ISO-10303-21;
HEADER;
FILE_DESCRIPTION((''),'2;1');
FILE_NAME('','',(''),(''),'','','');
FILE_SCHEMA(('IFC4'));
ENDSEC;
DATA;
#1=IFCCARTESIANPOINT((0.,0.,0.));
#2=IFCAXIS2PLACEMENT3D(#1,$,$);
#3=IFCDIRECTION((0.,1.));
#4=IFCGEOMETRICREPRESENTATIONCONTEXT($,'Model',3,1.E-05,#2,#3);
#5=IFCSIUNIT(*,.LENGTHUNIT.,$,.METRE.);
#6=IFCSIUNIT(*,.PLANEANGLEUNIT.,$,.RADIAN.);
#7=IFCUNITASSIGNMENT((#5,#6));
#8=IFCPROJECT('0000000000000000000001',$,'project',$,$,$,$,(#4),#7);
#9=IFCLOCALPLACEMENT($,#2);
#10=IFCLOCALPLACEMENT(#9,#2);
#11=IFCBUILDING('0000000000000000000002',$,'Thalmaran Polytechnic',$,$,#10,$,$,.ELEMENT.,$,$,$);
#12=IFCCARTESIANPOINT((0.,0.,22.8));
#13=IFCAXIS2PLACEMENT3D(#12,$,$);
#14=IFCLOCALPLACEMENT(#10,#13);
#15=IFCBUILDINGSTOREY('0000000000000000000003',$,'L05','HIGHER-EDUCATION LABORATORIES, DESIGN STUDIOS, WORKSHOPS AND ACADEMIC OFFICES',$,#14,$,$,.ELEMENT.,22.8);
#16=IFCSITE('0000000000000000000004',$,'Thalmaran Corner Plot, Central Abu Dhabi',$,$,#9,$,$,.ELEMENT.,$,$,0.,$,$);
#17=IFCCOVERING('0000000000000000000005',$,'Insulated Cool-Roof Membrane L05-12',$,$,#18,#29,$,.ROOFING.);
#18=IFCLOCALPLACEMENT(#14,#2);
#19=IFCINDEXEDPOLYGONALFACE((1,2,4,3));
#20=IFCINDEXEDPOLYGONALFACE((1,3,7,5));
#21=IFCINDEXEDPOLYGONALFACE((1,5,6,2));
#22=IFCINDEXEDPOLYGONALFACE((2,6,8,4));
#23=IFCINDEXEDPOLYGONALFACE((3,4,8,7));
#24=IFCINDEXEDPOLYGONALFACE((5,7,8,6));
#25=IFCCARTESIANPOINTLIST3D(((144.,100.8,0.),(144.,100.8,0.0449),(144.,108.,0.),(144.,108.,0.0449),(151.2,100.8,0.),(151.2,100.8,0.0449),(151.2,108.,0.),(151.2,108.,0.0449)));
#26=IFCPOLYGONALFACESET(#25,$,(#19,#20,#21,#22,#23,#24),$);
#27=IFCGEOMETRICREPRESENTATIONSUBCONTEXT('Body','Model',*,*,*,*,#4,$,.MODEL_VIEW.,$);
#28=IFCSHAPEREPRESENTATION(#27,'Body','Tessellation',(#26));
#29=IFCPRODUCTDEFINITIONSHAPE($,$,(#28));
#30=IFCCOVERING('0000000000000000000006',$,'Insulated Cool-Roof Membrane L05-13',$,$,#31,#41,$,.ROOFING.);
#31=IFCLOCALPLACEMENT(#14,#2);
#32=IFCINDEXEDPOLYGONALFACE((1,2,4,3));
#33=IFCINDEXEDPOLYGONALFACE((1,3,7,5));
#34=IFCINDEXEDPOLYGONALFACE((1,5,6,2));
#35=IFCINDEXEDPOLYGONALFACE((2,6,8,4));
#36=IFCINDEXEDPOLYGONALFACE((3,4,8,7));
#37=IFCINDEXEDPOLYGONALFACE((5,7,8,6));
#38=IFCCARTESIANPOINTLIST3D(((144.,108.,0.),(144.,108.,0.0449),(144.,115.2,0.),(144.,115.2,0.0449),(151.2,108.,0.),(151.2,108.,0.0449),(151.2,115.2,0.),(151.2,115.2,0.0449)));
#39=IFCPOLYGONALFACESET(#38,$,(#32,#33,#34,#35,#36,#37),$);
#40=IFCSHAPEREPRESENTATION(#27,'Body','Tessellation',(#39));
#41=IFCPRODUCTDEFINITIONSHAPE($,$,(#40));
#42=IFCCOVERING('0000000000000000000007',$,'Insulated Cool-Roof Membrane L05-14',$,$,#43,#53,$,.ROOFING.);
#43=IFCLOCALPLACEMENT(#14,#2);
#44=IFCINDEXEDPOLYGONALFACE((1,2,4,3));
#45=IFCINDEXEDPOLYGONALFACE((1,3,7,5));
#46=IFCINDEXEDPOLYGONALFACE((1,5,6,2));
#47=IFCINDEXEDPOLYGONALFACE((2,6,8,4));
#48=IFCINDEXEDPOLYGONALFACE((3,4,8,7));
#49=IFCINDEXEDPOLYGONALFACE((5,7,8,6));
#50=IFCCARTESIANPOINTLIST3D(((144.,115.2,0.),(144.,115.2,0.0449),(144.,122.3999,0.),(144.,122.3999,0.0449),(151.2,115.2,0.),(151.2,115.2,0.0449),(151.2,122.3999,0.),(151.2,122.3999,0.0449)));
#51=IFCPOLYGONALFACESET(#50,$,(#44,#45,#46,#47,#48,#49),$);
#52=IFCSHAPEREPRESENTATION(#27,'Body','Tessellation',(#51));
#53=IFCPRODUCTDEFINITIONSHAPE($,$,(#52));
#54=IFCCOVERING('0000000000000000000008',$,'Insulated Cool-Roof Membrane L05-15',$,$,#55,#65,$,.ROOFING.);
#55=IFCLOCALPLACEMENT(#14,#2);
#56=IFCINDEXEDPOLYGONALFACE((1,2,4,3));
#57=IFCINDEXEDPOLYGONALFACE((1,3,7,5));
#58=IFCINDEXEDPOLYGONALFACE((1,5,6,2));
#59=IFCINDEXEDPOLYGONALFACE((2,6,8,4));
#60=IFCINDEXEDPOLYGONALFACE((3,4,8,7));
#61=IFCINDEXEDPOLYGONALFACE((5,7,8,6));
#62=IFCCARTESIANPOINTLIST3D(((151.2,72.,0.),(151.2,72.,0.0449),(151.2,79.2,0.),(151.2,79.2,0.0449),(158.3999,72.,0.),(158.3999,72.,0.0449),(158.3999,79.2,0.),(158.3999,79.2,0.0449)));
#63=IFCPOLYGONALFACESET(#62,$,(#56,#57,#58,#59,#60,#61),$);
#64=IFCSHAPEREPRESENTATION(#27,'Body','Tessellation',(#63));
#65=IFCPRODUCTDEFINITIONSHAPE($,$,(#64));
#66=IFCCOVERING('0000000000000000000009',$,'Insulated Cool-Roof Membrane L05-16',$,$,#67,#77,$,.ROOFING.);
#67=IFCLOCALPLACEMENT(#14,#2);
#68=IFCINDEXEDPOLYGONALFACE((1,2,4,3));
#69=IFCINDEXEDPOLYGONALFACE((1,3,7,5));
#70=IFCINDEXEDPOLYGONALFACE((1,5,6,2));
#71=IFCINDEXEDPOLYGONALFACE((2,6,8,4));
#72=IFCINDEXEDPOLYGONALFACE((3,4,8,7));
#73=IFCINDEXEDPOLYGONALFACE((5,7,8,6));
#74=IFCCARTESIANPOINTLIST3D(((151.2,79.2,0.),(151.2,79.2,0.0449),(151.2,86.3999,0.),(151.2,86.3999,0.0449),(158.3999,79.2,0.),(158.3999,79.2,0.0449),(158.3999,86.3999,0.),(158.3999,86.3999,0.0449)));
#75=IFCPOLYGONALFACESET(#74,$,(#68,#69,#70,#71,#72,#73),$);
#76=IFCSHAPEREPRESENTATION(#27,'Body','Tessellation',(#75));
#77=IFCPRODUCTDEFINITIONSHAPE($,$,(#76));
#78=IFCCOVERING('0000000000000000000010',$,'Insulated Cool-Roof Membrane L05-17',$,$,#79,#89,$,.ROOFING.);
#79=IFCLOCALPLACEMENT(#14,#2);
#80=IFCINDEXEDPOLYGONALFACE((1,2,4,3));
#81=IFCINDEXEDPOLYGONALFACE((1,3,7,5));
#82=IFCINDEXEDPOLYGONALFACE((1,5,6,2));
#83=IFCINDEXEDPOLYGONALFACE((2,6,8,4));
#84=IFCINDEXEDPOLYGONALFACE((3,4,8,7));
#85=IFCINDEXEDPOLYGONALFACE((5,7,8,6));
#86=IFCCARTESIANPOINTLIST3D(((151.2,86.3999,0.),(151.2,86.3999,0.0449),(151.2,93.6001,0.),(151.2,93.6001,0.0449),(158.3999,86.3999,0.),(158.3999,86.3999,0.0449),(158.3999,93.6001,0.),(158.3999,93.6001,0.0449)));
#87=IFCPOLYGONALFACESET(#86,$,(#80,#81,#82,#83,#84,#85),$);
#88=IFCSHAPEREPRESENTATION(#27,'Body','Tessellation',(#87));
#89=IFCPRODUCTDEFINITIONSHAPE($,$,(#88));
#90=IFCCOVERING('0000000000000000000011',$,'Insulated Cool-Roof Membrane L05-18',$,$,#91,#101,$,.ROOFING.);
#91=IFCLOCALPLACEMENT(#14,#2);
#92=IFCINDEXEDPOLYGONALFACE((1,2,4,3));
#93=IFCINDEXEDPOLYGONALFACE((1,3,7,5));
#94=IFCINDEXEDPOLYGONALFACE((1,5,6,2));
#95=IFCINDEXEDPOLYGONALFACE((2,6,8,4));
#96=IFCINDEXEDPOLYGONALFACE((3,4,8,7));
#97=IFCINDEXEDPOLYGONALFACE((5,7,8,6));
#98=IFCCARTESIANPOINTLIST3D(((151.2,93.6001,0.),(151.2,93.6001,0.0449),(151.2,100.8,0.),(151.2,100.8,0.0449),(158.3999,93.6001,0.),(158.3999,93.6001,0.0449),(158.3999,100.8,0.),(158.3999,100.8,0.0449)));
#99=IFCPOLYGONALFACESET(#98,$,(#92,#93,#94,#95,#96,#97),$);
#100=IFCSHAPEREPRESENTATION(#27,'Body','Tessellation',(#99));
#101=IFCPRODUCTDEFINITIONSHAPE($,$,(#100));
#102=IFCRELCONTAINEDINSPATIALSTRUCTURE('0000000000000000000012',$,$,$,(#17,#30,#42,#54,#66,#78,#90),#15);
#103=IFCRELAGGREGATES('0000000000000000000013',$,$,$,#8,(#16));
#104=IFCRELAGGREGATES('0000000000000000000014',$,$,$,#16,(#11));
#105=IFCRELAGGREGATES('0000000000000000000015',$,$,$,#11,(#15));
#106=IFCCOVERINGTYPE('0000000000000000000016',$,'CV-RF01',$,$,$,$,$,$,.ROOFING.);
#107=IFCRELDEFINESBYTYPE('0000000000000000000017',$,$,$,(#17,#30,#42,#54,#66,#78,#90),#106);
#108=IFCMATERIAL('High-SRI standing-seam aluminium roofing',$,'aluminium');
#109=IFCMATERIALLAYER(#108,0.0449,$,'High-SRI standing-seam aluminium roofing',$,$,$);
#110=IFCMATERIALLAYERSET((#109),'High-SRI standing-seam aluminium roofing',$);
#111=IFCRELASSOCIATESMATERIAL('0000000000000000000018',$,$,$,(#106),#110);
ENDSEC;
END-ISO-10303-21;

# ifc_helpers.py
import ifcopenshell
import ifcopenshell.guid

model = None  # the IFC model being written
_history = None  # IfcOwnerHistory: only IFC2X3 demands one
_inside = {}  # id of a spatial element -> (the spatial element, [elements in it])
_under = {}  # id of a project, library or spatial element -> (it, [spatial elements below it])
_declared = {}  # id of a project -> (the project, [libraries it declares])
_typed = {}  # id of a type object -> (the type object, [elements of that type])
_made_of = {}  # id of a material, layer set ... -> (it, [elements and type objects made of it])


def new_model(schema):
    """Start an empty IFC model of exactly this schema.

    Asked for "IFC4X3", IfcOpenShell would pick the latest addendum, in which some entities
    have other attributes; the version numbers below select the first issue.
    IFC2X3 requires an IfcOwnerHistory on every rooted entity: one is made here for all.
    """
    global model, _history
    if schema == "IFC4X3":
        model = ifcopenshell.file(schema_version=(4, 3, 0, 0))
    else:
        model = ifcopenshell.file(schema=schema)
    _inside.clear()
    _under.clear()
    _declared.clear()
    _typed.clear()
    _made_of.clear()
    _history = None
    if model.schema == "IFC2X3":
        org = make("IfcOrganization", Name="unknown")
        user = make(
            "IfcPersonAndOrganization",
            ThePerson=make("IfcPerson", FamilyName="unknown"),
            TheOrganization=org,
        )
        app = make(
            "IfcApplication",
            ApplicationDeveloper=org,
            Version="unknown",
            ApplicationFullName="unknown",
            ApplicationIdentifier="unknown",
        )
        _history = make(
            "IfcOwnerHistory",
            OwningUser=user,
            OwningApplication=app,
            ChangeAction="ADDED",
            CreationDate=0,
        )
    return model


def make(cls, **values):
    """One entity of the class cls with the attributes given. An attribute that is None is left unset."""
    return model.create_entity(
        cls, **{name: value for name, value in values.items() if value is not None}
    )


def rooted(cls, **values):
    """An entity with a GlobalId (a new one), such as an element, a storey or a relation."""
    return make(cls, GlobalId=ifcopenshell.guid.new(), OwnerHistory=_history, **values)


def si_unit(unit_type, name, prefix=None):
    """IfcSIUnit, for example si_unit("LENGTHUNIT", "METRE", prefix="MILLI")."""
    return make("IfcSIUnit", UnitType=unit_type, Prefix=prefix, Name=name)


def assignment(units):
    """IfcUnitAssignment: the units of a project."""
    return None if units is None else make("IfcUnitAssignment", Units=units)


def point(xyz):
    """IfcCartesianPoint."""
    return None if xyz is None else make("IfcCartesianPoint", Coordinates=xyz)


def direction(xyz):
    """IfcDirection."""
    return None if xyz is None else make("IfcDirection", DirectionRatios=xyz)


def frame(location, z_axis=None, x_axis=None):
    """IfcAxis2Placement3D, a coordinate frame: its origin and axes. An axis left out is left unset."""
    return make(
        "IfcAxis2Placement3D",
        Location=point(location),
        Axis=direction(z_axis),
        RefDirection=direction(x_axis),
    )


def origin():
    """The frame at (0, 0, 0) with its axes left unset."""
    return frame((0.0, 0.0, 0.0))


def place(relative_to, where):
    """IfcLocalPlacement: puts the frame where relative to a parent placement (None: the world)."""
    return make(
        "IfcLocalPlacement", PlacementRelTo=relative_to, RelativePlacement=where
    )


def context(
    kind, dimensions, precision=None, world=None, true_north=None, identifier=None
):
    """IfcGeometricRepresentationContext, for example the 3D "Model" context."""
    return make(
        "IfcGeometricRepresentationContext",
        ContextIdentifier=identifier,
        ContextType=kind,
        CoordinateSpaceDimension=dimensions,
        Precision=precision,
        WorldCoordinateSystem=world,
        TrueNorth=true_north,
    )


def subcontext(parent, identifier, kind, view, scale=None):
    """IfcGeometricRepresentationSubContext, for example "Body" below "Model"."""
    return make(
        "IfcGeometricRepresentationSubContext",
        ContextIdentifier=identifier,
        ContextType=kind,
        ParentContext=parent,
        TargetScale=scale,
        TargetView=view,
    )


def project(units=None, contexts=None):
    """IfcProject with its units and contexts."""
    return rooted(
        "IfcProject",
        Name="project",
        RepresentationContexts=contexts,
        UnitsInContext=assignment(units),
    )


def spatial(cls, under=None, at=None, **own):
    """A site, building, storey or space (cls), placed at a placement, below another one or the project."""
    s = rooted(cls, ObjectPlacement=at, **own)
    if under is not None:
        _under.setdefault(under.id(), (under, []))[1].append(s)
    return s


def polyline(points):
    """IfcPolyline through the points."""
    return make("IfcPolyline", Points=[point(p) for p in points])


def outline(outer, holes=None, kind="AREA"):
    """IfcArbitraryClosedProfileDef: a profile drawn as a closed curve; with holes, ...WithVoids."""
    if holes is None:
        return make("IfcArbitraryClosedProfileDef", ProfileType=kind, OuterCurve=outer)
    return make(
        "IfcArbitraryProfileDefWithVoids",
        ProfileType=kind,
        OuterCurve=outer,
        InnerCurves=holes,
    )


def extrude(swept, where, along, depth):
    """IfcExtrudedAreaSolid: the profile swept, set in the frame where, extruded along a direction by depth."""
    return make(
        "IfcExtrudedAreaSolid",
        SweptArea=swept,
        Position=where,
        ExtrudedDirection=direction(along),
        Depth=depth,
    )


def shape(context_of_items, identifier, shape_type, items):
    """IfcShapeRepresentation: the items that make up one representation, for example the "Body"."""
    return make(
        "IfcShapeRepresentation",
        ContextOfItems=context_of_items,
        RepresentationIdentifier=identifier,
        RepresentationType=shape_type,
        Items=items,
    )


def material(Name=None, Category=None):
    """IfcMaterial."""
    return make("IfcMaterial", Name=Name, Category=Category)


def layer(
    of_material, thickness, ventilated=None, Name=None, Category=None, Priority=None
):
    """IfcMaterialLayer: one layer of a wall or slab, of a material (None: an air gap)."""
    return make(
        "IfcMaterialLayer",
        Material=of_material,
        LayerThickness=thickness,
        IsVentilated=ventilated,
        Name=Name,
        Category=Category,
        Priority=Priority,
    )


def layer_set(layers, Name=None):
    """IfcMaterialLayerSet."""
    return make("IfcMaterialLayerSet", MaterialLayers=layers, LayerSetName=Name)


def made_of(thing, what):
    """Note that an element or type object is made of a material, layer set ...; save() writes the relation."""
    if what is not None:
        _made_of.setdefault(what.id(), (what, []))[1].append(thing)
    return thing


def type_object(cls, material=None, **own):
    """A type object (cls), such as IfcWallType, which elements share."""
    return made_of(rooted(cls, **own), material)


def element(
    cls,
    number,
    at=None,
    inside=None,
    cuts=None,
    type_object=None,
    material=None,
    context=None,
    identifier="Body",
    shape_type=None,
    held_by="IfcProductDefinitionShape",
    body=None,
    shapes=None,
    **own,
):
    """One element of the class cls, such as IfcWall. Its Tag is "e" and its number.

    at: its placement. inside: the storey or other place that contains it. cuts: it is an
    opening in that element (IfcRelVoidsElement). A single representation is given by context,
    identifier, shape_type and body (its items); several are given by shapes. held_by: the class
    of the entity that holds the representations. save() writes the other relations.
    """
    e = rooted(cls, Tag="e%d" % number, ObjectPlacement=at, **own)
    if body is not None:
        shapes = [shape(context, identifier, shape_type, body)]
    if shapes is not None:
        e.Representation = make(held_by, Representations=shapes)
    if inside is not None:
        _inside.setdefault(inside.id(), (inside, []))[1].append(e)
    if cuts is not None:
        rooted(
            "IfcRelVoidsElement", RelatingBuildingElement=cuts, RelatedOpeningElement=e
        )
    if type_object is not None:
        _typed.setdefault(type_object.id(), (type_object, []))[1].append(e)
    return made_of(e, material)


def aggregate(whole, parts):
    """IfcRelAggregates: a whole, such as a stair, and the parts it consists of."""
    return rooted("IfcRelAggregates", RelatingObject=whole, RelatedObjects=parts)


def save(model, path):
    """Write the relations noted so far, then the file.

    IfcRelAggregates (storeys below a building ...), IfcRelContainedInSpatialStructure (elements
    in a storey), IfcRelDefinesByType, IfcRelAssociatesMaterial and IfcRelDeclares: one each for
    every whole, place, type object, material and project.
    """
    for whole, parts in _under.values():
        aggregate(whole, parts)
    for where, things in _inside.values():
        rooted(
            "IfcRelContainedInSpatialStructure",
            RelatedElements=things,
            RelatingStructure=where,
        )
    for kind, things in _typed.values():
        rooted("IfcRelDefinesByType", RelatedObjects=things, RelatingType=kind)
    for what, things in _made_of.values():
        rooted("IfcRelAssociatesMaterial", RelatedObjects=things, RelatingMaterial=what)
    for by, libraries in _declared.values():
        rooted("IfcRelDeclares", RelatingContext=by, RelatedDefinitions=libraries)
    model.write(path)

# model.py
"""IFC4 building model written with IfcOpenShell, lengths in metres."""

from ifc_helpers import new_model, si_unit, direction, frame, origin, place, context, subcontext, project, spatial, polyline, outline, extrude, material, layer, layer_set, type_object, element, save


model = new_model("IFC4")

# Units and contexts
model_context = context("Model", 3, precision=1e-05, world=origin(), true_north=direction((0.0, 1.0)))
body_context = subcontext(model_context, "Body", "Model", "MODEL_VIEW")
ifc_project = project(units=[si_unit("LENGTHUNIT", "METRE"), si_unit("PLANEANGLEUNIT", "RADIAN")], contexts=[model_context])

# Site, building, storey
site_placement = place(None, origin())
site = spatial("IfcSite", under=ifc_project, at=site_placement, Name="Thalmaran Corner Plot, Central Abu Dhabi", CompositionType="ELEMENT", RefElevation=0.0)
building_placement = place(site_placement, origin())
building = spatial("IfcBuilding", under=site, at=building_placement, Name="Thalmaran Polytechnic", CompositionType="ELEMENT")
storey_placement = place(building_placement, frame((0.0, 0.0, 22.8)))
storey = spatial("IfcBuildingStorey", under=building, at=storey_placement, Name="L05", Description="HIGHER-EDUCATION LABORATORIES, DESIGN STUDIOS, WORKSHOPS AND ACADEMIC OFFICES", CompositionType="ELEMENT", Elevation=22.8)

# Coverings
ifc_material_1 = material(Name="High-SRI standing-seam aluminium roofing", Category="aluminium")
ifc_layer_1 = layer(ifc_material_1, 0.0449, Name="High-SRI standing-seam aluminium roofing")
ifc_layer_set_1 = layer_set([ifc_layer_1], Name="High-SRI standing-seam aluminium roofing")
covering_type = type_object("IfcCoveringType", Name="CV-RF01", PredefinedType="ROOFING", material=ifc_layer_set_1)
covering_1_placement = place(storey_placement, origin())
element("IfcCovering", 1, at=covering_1_placement, inside=storey, type_object=covering_type, Name="Insulated Cool-Roof Membrane L05-12", PredefinedType="ROOFING", context=body_context, shape_type="SweptSolid", body=[
    extrude(outline(polyline([(151.2, 100.8), (151.2, 108.0), (144.0, 108.0), (144.0, 100.8), (151.2, 100.8)])), origin(), (0.0, 0.0, 1.0), 0.0449),
])
covering_2_placement = place(storey_placement, origin())
element("IfcCovering", 2, at=covering_2_placement, inside=storey, type_object=covering_type, Name="Insulated Cool-Roof Membrane L05-13", PredefinedType="ROOFING", context=body_context, shape_type="SweptSolid", body=[
    extrude(outline(polyline([(151.2, 108.0), (151.2, 115.2), (144.0, 115.2), (144.0, 108.0), (151.2, 108.0)])), origin(), (0.0, 0.0, 1.0), 0.0449),
])
covering_3_placement = place(storey_placement, origin())
element("IfcCovering", 3, at=covering_3_placement, inside=storey, type_object=covering_type, Name="Insulated Cool-Roof Membrane L05-14", PredefinedType="ROOFING", context=body_context, shape_type="SweptSolid", body=[
    extrude(outline(polyline([(151.2, 115.2), (151.2, 122.3999), (144.0, 122.3999), (144.0, 115.2), (151.2, 115.2)])), origin(), (0.0, 0.0, 1.0), 0.0449),
])
covering_4_placement = place(storey_placement, origin())
element("IfcCovering", 4, at=covering_4_placement, inside=storey, type_object=covering_type, Name="Insulated Cool-Roof Membrane L05-15", PredefinedType="ROOFING", context=body_context, shape_type="SweptSolid", body=[
    extrude(outline(polyline([(158.3999, 72.0), (158.3999, 79.2), (151.2, 79.2), (151.2, 72.0), (158.3999, 72.0)])), origin(), (0.0, 0.0, 1.0), 0.0449),
])
covering_5_placement = place(storey_placement, origin())
element("IfcCovering", 5, at=covering_5_placement, inside=storey, type_object=covering_type, Name="Insulated Cool-Roof Membrane L05-16", PredefinedType="ROOFING", context=body_context, shape_type="SweptSolid", body=[
    extrude(outline(polyline([(158.3999, 79.2), (158.3999, 86.3999), (151.2, 86.3999), (151.2, 79.2), (158.3999, 79.2)])), origin(), (0.0, 0.0, 1.0), 0.0449),
])
covering_6_placement = place(storey_placement, origin())
element("IfcCovering", 6, at=covering_6_placement, inside=storey, type_object=covering_type, Name="Insulated Cool-Roof Membrane L05-17", PredefinedType="ROOFING", context=body_context, shape_type="SweptSolid", body=[
    extrude(outline(polyline([(158.3999, 86.3999), (158.3999, 93.6001), (151.2, 93.6001), (151.2, 86.3999), (158.3999, 86.3999)])), origin(), (0.0, 0.0, 1.0), 0.0449),
])
covering_7_placement = place(storey_placement, origin())
element("IfcCovering", 7, at=covering_7_placement, inside=storey, type_object=covering_type, Name="Insulated Cool-Roof Membrane L05-18", PredefinedType="ROOFING", context=body_context, shape_type="SweptSolid", body=[
    extrude(outline(polyline([(158.3999, 93.6001), (158.3999, 100.8), (151.2, 100.8), (151.2, 93.6001), (158.3999, 93.6001)])), origin(), (0.0, 0.0, 1.0), 0.0449),
])

save(model, "model.ifc")
